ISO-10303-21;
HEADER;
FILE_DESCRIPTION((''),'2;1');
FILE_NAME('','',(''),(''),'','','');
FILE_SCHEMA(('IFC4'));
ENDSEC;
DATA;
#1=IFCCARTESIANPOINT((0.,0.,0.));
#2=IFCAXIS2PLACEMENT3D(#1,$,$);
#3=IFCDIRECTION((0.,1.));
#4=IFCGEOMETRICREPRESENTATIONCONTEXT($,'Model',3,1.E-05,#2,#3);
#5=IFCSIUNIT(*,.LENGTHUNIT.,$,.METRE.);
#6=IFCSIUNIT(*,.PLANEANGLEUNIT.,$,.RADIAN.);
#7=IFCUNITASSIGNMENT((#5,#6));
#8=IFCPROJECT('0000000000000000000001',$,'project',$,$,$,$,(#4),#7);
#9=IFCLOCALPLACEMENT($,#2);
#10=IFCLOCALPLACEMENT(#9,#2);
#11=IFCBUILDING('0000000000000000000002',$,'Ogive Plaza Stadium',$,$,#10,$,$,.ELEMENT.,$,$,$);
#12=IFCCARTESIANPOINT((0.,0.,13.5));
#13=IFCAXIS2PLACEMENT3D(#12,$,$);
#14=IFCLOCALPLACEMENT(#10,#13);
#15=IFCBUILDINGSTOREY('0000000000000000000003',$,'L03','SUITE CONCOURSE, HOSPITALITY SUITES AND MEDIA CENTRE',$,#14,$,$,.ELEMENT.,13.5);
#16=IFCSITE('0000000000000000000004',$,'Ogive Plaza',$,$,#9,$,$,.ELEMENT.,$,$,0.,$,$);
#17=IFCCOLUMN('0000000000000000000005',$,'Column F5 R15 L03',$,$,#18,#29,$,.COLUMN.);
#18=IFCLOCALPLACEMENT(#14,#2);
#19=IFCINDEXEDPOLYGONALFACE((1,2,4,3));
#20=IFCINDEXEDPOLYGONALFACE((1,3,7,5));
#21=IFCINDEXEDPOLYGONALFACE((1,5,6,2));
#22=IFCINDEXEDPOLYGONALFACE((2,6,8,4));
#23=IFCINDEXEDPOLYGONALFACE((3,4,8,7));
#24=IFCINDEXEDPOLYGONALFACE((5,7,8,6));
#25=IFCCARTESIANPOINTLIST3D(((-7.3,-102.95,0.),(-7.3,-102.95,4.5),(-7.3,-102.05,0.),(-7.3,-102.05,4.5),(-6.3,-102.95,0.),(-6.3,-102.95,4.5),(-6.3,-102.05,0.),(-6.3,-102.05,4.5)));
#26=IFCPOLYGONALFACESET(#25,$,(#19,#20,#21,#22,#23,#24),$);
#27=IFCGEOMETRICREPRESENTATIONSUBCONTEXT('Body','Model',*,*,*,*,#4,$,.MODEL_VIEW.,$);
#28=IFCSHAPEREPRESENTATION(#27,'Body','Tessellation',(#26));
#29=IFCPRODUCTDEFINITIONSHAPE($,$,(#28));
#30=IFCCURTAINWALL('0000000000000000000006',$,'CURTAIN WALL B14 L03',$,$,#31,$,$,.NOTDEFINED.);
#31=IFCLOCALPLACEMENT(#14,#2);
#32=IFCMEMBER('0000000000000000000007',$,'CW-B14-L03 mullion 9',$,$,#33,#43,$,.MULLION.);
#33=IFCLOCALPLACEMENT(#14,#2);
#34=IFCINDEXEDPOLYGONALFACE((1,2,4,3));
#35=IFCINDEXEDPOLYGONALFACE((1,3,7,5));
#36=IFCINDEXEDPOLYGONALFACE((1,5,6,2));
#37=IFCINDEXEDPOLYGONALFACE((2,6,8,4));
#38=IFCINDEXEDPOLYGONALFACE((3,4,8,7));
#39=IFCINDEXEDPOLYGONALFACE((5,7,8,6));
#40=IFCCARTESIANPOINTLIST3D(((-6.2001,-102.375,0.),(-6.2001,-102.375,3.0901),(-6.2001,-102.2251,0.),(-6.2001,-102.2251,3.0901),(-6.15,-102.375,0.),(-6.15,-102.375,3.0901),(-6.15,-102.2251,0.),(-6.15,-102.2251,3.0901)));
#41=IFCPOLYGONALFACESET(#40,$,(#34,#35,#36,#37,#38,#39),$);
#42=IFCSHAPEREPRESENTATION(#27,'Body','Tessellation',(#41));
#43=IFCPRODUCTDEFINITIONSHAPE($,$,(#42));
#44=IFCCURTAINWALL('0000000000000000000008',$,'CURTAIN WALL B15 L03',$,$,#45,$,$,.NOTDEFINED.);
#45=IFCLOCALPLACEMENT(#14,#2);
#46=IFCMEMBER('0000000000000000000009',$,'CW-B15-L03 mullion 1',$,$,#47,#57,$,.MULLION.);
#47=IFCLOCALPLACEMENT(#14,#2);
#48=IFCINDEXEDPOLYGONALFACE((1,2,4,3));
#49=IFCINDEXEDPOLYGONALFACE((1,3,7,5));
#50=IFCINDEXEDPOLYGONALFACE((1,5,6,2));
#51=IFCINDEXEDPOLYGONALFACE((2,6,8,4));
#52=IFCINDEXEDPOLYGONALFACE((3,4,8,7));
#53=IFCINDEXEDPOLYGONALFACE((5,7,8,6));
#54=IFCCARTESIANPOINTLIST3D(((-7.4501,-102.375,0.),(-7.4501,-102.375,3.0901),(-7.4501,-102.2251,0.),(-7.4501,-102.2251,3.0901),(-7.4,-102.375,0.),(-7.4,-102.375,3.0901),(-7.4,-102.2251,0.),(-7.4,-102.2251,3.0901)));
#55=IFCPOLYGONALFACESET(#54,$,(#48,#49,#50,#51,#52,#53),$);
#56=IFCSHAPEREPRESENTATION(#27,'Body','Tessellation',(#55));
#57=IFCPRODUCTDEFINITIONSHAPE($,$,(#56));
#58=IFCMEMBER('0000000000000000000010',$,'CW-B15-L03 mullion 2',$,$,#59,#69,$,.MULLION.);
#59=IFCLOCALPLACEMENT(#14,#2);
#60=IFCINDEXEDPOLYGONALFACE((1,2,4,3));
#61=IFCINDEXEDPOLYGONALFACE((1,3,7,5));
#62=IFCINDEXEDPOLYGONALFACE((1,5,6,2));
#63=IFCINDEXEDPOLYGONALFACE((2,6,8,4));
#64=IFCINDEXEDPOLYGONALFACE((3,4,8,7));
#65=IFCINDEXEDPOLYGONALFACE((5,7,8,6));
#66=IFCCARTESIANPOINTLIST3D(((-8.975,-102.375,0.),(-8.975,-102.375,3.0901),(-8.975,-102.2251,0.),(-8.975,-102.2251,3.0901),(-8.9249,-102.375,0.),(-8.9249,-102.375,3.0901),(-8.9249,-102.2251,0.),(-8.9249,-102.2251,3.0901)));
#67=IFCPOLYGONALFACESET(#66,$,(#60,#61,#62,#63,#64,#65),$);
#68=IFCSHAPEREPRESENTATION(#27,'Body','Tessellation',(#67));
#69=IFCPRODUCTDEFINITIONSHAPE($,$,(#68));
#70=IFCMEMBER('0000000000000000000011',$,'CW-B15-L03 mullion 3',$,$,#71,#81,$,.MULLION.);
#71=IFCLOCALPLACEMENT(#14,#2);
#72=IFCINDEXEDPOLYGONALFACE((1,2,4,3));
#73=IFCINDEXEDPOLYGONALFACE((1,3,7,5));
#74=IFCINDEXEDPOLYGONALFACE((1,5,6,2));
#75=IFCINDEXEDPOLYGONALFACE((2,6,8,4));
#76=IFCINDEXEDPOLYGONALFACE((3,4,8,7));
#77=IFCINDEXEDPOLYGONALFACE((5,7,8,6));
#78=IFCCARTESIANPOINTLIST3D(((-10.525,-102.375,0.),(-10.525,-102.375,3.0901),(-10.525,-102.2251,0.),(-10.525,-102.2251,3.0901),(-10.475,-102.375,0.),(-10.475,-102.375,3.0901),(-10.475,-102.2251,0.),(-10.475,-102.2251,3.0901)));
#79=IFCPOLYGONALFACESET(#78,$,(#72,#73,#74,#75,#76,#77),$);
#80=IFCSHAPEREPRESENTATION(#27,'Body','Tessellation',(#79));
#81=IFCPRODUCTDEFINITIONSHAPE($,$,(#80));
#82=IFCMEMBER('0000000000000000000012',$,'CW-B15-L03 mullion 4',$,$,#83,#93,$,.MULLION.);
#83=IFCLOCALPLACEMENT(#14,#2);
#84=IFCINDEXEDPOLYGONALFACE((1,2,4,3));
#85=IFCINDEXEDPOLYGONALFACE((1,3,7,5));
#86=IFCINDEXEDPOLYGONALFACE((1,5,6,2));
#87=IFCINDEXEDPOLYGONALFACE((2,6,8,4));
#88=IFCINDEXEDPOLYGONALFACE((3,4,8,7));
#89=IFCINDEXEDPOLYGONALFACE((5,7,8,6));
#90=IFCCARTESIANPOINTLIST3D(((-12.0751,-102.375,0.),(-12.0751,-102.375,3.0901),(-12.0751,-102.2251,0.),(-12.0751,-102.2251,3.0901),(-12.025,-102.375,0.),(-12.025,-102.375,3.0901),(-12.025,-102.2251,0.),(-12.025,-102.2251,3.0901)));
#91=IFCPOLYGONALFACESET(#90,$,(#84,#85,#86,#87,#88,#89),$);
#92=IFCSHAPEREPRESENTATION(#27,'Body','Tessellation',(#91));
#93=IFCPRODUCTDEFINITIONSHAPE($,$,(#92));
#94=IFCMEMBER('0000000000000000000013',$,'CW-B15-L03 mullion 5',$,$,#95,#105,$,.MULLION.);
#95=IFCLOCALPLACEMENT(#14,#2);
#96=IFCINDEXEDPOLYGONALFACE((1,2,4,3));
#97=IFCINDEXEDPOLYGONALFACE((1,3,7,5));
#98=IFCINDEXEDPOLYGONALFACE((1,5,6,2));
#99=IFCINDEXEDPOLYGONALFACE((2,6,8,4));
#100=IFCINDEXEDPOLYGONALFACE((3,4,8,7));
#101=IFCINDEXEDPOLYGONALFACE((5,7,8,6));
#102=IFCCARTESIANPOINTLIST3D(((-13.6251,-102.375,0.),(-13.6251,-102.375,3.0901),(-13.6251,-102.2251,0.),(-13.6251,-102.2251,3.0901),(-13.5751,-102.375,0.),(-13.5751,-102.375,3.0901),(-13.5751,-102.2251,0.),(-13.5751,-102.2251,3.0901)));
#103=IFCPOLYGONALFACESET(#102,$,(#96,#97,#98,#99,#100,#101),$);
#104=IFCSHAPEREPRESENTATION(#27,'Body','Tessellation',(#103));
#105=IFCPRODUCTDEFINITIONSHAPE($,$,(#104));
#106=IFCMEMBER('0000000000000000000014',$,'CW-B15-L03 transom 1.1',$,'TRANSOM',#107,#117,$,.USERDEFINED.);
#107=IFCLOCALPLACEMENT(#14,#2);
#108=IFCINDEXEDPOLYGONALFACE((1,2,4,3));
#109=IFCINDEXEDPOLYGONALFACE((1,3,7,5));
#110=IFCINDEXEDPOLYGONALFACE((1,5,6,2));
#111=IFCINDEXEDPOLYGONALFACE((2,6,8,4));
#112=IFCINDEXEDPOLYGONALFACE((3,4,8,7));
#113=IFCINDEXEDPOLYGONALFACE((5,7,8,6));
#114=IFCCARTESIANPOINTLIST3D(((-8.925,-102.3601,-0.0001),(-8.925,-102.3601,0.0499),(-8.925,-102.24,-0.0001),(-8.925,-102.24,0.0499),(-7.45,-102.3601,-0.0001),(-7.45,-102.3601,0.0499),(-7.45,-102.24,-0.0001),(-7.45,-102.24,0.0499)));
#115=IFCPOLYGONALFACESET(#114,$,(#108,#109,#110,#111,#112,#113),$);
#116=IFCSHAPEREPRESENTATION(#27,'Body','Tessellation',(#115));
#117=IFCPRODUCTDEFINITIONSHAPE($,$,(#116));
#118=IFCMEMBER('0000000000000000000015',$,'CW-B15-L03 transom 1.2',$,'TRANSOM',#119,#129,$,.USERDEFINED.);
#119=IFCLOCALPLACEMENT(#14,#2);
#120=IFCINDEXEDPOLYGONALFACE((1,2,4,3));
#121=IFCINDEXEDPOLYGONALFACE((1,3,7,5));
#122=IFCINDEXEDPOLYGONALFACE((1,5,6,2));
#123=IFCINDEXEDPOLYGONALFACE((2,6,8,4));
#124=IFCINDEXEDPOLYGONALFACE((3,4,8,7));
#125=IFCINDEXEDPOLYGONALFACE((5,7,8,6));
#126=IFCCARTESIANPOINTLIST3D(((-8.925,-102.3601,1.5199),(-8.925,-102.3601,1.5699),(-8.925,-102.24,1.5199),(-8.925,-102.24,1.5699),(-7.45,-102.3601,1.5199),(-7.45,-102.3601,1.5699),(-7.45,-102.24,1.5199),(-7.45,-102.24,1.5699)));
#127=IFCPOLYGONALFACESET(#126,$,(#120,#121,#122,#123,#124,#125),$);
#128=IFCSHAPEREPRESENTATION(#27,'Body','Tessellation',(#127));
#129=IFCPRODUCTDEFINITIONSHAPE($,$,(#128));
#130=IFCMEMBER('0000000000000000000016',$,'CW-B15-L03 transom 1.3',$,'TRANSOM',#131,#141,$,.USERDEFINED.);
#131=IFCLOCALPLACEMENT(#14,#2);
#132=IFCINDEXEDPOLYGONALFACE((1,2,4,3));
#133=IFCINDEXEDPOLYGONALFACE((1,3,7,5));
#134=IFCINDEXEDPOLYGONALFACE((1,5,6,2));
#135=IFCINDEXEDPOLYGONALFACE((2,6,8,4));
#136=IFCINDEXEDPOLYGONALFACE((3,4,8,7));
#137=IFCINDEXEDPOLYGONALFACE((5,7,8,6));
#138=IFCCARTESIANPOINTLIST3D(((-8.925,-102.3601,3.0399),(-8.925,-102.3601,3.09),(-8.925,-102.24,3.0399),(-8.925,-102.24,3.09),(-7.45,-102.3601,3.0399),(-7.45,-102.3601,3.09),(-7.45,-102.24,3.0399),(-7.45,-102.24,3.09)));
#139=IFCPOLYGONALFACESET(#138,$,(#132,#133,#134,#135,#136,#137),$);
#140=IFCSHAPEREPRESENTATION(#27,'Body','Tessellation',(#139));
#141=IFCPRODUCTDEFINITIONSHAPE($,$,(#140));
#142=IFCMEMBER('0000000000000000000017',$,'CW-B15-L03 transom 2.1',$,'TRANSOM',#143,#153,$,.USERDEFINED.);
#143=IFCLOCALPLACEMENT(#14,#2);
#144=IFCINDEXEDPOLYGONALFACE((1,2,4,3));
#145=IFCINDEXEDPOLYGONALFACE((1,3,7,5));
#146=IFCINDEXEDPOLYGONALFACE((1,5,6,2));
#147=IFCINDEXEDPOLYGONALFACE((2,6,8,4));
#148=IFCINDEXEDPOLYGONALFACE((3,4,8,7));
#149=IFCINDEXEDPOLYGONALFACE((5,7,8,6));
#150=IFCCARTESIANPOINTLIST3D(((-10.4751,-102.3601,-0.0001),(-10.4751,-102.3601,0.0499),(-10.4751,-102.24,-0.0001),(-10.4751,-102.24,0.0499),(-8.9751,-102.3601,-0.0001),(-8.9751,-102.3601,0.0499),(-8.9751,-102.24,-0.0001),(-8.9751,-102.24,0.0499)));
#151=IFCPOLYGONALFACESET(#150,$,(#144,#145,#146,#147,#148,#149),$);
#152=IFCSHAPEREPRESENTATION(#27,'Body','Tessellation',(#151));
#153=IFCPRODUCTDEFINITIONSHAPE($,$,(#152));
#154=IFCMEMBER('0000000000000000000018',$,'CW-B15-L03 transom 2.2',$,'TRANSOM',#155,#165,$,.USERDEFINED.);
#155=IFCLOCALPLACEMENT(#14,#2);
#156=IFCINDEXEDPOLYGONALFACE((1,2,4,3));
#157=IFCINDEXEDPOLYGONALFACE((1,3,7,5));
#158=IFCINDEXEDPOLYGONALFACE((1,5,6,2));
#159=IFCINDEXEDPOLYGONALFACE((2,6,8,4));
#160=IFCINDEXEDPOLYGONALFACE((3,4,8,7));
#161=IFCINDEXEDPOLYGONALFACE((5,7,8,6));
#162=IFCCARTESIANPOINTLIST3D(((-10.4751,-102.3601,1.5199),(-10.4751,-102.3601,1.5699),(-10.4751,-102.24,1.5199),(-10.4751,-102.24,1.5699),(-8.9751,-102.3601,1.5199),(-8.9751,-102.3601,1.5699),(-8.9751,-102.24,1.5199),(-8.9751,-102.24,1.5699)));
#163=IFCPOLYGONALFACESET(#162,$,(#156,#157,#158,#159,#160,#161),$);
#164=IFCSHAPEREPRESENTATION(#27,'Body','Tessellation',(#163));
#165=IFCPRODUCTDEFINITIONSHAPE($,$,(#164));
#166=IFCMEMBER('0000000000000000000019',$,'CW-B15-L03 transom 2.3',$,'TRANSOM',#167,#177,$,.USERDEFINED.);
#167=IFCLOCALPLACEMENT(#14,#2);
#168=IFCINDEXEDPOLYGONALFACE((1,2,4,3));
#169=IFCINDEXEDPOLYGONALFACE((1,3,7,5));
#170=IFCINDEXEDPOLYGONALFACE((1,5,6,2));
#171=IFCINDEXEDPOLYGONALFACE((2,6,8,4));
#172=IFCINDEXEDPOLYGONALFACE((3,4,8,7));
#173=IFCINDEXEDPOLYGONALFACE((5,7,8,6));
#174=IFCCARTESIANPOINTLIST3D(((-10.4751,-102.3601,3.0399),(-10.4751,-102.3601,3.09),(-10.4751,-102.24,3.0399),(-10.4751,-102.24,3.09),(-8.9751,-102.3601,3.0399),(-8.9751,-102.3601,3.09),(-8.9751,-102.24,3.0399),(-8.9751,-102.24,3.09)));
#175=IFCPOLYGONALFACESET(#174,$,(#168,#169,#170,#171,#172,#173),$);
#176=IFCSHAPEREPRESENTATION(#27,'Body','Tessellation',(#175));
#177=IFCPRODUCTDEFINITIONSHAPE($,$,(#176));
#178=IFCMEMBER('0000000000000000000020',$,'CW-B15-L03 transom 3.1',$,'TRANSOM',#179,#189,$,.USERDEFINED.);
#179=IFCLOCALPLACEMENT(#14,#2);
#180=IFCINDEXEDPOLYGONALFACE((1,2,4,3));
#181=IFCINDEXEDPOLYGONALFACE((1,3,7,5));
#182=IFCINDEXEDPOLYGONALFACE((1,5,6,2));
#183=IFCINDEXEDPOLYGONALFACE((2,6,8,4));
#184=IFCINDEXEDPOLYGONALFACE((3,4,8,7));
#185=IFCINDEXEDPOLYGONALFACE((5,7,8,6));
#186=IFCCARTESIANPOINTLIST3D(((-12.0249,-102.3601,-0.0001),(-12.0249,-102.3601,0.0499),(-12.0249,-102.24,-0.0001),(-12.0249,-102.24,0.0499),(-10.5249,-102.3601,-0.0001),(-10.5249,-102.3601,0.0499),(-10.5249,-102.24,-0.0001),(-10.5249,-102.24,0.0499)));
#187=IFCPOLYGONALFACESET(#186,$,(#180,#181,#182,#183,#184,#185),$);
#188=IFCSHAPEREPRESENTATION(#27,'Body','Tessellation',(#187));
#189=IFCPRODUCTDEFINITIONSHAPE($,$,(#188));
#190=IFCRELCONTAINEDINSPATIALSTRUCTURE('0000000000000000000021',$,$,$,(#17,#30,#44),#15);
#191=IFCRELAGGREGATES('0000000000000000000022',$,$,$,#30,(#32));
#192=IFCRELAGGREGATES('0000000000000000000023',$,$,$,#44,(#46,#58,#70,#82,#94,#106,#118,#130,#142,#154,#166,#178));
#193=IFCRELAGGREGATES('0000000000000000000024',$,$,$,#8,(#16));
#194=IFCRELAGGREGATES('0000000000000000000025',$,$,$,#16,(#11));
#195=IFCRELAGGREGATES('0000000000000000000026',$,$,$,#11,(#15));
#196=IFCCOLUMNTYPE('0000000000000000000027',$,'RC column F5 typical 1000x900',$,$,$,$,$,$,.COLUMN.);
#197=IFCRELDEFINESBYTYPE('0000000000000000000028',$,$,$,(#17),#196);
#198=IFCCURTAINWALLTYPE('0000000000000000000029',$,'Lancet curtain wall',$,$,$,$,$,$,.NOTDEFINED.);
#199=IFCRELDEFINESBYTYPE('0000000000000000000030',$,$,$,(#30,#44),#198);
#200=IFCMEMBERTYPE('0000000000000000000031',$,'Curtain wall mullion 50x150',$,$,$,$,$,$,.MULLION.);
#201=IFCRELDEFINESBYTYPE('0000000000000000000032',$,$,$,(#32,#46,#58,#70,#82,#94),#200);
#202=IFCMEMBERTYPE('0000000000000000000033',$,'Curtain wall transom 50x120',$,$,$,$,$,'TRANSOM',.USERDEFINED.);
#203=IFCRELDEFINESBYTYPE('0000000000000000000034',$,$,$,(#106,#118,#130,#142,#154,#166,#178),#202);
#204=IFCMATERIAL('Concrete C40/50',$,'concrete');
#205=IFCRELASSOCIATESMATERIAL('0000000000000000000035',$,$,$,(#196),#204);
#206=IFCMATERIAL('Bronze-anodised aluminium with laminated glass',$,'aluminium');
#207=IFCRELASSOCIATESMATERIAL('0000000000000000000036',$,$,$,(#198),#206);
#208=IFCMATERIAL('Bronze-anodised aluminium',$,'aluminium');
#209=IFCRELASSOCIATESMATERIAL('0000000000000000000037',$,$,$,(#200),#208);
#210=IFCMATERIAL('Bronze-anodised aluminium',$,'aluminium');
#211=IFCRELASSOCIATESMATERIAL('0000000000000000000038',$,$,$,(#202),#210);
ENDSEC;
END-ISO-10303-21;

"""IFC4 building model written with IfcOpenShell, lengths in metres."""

from ifc_helpers import new_model, si_unit, direction, frame, origin, origin_2d, place, context, subcontext, project, spatial, rectangle, extrude, material, material_profile, profile_set, type_object, element, aggregate, save


model = new_model("IFC4")

# Units and contexts
model_context = context("Model", 3, precision=1e-05, world=origin(), true_north=direction((0.0, 1.0)))
body_context = subcontext(model_context, "Body", "Model", "MODEL_VIEW")
ifc_project = project(units=[si_unit("LENGTHUNIT", "METRE"), si_unit("PLANEANGLEUNIT", "RADIAN")], contexts=[model_context])

# Site, building, storey
site_placement = place(None, origin())
site = spatial("IfcSite", under=ifc_project, at=site_placement, Name="Ogive Plaza", CompositionType="ELEMENT", RefElevation=0.0)
building_placement = place(site_placement, origin())
building = spatial("IfcBuilding", under=site, at=building_placement, Name="Ogive Plaza Stadium", CompositionType="ELEMENT")
storey_placement = place(building_placement, frame((0.0, 0.0, 13.5)))
storey = spatial("IfcBuildingStorey", under=building, at=storey_placement, Name="L03", Description="SUITE CONCOURSE, HOSPITALITY SUITES AND MEDIA CENTRE", CompositionType="ELEMENT", Elevation=13.5)

# Column
ifc_material_1 = material(Name="Concrete C40/50", Category="concrete")
ifc_material_profile_1 = material_profile(ifc_material_1, rectangle(XDim=1.0, YDim=0.8999, at=origin_2d()), Name="RC 1000x900")
ifc_profile_set_1 = profile_set([ifc_material_profile_1], Name="Concrete C40/50")
column_type = type_object("IfcColumnType", Name="RC column F5 typical 1000x900", PredefinedType="COLUMN", material=ifc_profile_set_1)
column_placement = place(storey_placement, frame((-6.8, -102.5, 0.0), z_axis=(0.0, 0.0, 1.0), x_axis=(1.0, 0.0, 0.0)))
element("IfcColumn", 1, at=column_placement, inside=storey, type_object=column_type, Name="Column F5 R15 L03", PredefinedType="COLUMN", context=body_context, shape_type="SweptSolid", body=[
    extrude(rectangle(XDim=1.0, YDim=0.8999, at=origin_2d()), origin(), (0.0, 0.0, 1.0), 4.5),
])

# Curtain wall, member
ifc_material_2 = material(Name="Bronze-anodised aluminium with laminated glass", Category="aluminium")
curtain_wall_type = type_object("IfcCurtainWallType", Name="Lancet curtain wall", PredefinedType="NOTDEFINED", material=ifc_material_2)
curtain_wall_1_placement = place(storey_placement, origin())
curtain_wall_1 = element("IfcCurtainWall", 2, at=curtain_wall_1_placement, inside=storey, type_object=curtain_wall_type, Name="CURTAIN WALL B14 L03", PredefinedType="NOTDEFINED")
ifc_material_3 = material(Name="Bronze-anodised aluminium", Category="aluminium")
ifc_material_profile_2 = material_profile(ifc_material_3, rectangle(XDim=0.1499, YDim=0.05, at=origin_2d()), Name="AL 150x50")
ifc_profile_set_2 = profile_set([ifc_material_profile_2], Name="Bronze-anodised aluminium")
member_type_1 = type_object("IfcMemberType", Name="Curtain wall mullion 50x150", PredefinedType="MULLION", material=ifc_profile_set_2)
member_1_placement = place(storey_placement, frame((-6.175, -102.3, 0.0), z_axis=(0.0, 0.0, 1.0), x_axis=(0.0, -1.0, 0.0)))
member_1 = element("IfcMember", 3, at=member_1_placement, type_object=member_type_1, Name="CW-B14-L03 mullion 9", PredefinedType="MULLION", context=body_context, shape_type="SweptSolid", body=[
    extrude(rectangle(XDim=0.1499, YDim=0.05, at=origin_2d()), origin(), (0.0, 0.0, 1.0), 3.0901),
])

# Curtain wall, members
curtain_wall_2_placement = place(storey_placement, origin())
curtain_wall_2 = element("IfcCurtainWall", 4, at=curtain_wall_2_placement, inside=storey, type_object=curtain_wall_type, Name="CURTAIN WALL B15 L03", PredefinedType="NOTDEFINED")
member_2_placement = place(storey_placement, frame((-7.425, -102.3, 0.0), z_axis=(0.0, 0.0, 1.0), x_axis=(0.0, -1.0, 0.0)))
member_2 = element("IfcMember", 5, at=member_2_placement, type_object=member_type_1, Name="CW-B15-L03 mullion 1", PredefinedType="MULLION", context=body_context, shape_type="SweptSolid", body=[
    extrude(rectangle(XDim=0.1499, YDim=0.05, at=origin_2d()), origin(), (0.0, 0.0, 1.0), 3.0901),
])
member_3_placement = place(storey_placement, frame((-8.95, -102.3, 0.0), z_axis=(0.0, 0.0, 1.0), x_axis=(0.0, -1.0, 0.0)))
member_3 = element("IfcMember", 6, at=member_3_placement, type_object=member_type_1, Name="CW-B15-L03 mullion 2", PredefinedType="MULLION", context=body_context, shape_type="SweptSolid", body=[
    extrude(rectangle(XDim=0.1499, YDim=0.05, at=origin_2d()), origin(), (0.0, 0.0, 1.0), 3.0901),
])
member_4_placement = place(storey_placement, frame((-10.5, -102.3, 0.0), z_axis=(0.0, 0.0, 1.0), x_axis=(0.0, -1.0, 0.0)))
member_4 = element("IfcMember", 7, at=member_4_placement, type_object=member_type_1, Name="CW-B15-L03 mullion 3", PredefinedType="MULLION", context=body_context, shape_type="SweptSolid", body=[
    extrude(rectangle(XDim=0.1499, YDim=0.05, at=origin_2d()), origin(), (0.0, 0.0, 1.0), 3.0901),
])
member_5_placement = place(storey_placement, frame((-12.05, -102.3, 0.0), z_axis=(0.0, 0.0, 1.0), x_axis=(0.0, -1.0, 0.0)))
member_5 = element("IfcMember", 8, at=member_5_placement, type_object=member_type_1, Name="CW-B15-L03 mullion 4", PredefinedType="MULLION", context=body_context, shape_type="SweptSolid", body=[
    extrude(rectangle(XDim=0.1499, YDim=0.05, at=origin_2d()), origin(), (0.0, 0.0, 1.0), 3.0901),
])
member_6_placement = place(storey_placement, frame((-13.6001, -102.3, 0.0), z_axis=(0.0, 0.0, 1.0), x_axis=(0.0, -1.0, 0.0)))
member_6 = element("IfcMember", 9, at=member_6_placement, type_object=member_type_1, Name="CW-B15-L03 mullion 5", PredefinedType="MULLION", context=body_context, shape_type="SweptSolid", body=[
    extrude(rectangle(XDim=0.1499, YDim=0.05, at=origin_2d()), origin(), (0.0, 0.0, 1.0), 3.0901),
])
ifc_material_4 = material(Name="Bronze-anodised aluminium", Category="aluminium")
ifc_material_profile_3 = material_profile(ifc_material_4, rectangle(XDim=0.1201, YDim=0.05, at=origin_2d()), Name="AL 120x50")
ifc_profile_set_3 = profile_set([ifc_material_profile_3], Name="Bronze-anodised aluminium")
member_type_2 = type_object("IfcMemberType", Name="Curtain wall transom 50x120", ElementType="TRANSOM", PredefinedType="USERDEFINED", material=ifc_profile_set_3)
member_7_placement = place(storey_placement, frame((-7.45, -102.3, 0.0249), z_axis=(-1.0, 0.0, 0.0), x_axis=(0.0, -1.0, 0.0)))
member_7 = element("IfcMember", 10, at=member_7_placement, type_object=member_type_2, Name="CW-B15-L03 transom 1.1", ObjectType="TRANSOM", PredefinedType="USERDEFINED", context=body_context, shape_type="SweptSolid", body=[
    extrude(rectangle(XDim=0.1201, YDim=0.05, at=origin_2d()), origin(), (0.0, 0.0, 1.0), 1.4751),
])
member_8_placement = place(storey_placement, frame((-7.45, -102.3, 1.5449), z_axis=(-1.0, 0.0, 0.0), x_axis=(0.0, -1.0, 0.0)))
member_8 = element("IfcMember", 11, at=member_8_placement, type_object=member_type_2, Name="CW-B15-L03 transom 1.2", ObjectType="TRANSOM", PredefinedType="USERDEFINED", context=body_context, shape_type="SweptSolid", body=[
    extrude(rectangle(XDim=0.1201, YDim=0.05, at=origin_2d()), origin(), (0.0, 0.0, 1.0), 1.4751),
])
member_9_placement = place(storey_placement, frame((-7.45, -102.3, 3.0649), z_axis=(-1.0, 0.0, 0.0), x_axis=(0.0, -1.0, 0.0)))
member_9 = element("IfcMember", 12, at=member_9_placement, type_object=member_type_2, Name="CW-B15-L03 transom 1.3", ObjectType="TRANSOM", PredefinedType="USERDEFINED", context=body_context, shape_type="SweptSolid", body=[
    extrude(rectangle(XDim=0.1201, YDim=0.05, at=origin_2d()), origin(), (0.0, 0.0, 1.0), 1.4751),
])
member_10_placement = place(storey_placement, frame((-8.9751, -102.3, 0.0249), z_axis=(-1.0, 0.0, 0.0), x_axis=(0.0, -1.0, 0.0)))
member_10 = element("IfcMember", 13, at=member_10_placement, type_object=member_type_2, Name="CW-B15-L03 transom 2.1", ObjectType="TRANSOM", PredefinedType="USERDEFINED", context=body_context, shape_type="SweptSolid", body=[
    extrude(rectangle(XDim=0.1201, YDim=0.05, at=origin_2d()), origin(), (0.0, 0.0, 1.0), 1.5),
])
member_11_placement = place(storey_placement, frame((-8.9751, -102.3, 1.5449), z_axis=(-1.0, 0.0, 0.0), x_axis=(0.0, -1.0, 0.0)))
member_11 = element("IfcMember", 14, at=member_11_placement, type_object=member_type_2, Name="CW-B15-L03 transom 2.2", ObjectType="TRANSOM", PredefinedType="USERDEFINED", context=body_context, shape_type="SweptSolid", body=[
    extrude(rectangle(XDim=0.1201, YDim=0.05, at=origin_2d()), origin(), (0.0, 0.0, 1.0), 1.5),
])
member_12_placement = place(storey_placement, frame((-8.9751, -102.3, 3.0649), z_axis=(-1.0, 0.0, 0.0), x_axis=(0.0, -1.0, 0.0)))
member_12 = element("IfcMember", 15, at=member_12_placement, type_object=member_type_2, Name="CW-B15-L03 transom 2.3", ObjectType="TRANSOM", PredefinedType="USERDEFINED", context=body_context, shape_type="SweptSolid", body=[
    extrude(rectangle(XDim=0.1201, YDim=0.05, at=origin_2d()), origin(), (0.0, 0.0, 1.0), 1.5),
])
member_13_placement = place(storey_placement, frame((-10.5249, -102.3, 0.0249), z_axis=(-1.0, 0.0, 0.0), x_axis=(0.0, -1.0, 0.0)))
member_13 = element("IfcMember", 16, at=member_13_placement, type_object=member_type_2, Name="CW-B15-L03 transom 3.1", ObjectType="TRANSOM", PredefinedType="USERDEFINED", context=body_context, shape_type="SweptSolid", body=[
    extrude(rectangle(XDim=0.1201, YDim=0.05, at=origin_2d()), origin(), (0.0, 0.0, 1.0), 1.5),
])

aggregate(curtain_wall_1, [member_1])
aggregate(curtain_wall_2, [member_2, member_3, member_4, member_5, member_6, member_7, member_8, member_9, member_10, member_11, member_12, member_13])

save(model, "model.ifc")
